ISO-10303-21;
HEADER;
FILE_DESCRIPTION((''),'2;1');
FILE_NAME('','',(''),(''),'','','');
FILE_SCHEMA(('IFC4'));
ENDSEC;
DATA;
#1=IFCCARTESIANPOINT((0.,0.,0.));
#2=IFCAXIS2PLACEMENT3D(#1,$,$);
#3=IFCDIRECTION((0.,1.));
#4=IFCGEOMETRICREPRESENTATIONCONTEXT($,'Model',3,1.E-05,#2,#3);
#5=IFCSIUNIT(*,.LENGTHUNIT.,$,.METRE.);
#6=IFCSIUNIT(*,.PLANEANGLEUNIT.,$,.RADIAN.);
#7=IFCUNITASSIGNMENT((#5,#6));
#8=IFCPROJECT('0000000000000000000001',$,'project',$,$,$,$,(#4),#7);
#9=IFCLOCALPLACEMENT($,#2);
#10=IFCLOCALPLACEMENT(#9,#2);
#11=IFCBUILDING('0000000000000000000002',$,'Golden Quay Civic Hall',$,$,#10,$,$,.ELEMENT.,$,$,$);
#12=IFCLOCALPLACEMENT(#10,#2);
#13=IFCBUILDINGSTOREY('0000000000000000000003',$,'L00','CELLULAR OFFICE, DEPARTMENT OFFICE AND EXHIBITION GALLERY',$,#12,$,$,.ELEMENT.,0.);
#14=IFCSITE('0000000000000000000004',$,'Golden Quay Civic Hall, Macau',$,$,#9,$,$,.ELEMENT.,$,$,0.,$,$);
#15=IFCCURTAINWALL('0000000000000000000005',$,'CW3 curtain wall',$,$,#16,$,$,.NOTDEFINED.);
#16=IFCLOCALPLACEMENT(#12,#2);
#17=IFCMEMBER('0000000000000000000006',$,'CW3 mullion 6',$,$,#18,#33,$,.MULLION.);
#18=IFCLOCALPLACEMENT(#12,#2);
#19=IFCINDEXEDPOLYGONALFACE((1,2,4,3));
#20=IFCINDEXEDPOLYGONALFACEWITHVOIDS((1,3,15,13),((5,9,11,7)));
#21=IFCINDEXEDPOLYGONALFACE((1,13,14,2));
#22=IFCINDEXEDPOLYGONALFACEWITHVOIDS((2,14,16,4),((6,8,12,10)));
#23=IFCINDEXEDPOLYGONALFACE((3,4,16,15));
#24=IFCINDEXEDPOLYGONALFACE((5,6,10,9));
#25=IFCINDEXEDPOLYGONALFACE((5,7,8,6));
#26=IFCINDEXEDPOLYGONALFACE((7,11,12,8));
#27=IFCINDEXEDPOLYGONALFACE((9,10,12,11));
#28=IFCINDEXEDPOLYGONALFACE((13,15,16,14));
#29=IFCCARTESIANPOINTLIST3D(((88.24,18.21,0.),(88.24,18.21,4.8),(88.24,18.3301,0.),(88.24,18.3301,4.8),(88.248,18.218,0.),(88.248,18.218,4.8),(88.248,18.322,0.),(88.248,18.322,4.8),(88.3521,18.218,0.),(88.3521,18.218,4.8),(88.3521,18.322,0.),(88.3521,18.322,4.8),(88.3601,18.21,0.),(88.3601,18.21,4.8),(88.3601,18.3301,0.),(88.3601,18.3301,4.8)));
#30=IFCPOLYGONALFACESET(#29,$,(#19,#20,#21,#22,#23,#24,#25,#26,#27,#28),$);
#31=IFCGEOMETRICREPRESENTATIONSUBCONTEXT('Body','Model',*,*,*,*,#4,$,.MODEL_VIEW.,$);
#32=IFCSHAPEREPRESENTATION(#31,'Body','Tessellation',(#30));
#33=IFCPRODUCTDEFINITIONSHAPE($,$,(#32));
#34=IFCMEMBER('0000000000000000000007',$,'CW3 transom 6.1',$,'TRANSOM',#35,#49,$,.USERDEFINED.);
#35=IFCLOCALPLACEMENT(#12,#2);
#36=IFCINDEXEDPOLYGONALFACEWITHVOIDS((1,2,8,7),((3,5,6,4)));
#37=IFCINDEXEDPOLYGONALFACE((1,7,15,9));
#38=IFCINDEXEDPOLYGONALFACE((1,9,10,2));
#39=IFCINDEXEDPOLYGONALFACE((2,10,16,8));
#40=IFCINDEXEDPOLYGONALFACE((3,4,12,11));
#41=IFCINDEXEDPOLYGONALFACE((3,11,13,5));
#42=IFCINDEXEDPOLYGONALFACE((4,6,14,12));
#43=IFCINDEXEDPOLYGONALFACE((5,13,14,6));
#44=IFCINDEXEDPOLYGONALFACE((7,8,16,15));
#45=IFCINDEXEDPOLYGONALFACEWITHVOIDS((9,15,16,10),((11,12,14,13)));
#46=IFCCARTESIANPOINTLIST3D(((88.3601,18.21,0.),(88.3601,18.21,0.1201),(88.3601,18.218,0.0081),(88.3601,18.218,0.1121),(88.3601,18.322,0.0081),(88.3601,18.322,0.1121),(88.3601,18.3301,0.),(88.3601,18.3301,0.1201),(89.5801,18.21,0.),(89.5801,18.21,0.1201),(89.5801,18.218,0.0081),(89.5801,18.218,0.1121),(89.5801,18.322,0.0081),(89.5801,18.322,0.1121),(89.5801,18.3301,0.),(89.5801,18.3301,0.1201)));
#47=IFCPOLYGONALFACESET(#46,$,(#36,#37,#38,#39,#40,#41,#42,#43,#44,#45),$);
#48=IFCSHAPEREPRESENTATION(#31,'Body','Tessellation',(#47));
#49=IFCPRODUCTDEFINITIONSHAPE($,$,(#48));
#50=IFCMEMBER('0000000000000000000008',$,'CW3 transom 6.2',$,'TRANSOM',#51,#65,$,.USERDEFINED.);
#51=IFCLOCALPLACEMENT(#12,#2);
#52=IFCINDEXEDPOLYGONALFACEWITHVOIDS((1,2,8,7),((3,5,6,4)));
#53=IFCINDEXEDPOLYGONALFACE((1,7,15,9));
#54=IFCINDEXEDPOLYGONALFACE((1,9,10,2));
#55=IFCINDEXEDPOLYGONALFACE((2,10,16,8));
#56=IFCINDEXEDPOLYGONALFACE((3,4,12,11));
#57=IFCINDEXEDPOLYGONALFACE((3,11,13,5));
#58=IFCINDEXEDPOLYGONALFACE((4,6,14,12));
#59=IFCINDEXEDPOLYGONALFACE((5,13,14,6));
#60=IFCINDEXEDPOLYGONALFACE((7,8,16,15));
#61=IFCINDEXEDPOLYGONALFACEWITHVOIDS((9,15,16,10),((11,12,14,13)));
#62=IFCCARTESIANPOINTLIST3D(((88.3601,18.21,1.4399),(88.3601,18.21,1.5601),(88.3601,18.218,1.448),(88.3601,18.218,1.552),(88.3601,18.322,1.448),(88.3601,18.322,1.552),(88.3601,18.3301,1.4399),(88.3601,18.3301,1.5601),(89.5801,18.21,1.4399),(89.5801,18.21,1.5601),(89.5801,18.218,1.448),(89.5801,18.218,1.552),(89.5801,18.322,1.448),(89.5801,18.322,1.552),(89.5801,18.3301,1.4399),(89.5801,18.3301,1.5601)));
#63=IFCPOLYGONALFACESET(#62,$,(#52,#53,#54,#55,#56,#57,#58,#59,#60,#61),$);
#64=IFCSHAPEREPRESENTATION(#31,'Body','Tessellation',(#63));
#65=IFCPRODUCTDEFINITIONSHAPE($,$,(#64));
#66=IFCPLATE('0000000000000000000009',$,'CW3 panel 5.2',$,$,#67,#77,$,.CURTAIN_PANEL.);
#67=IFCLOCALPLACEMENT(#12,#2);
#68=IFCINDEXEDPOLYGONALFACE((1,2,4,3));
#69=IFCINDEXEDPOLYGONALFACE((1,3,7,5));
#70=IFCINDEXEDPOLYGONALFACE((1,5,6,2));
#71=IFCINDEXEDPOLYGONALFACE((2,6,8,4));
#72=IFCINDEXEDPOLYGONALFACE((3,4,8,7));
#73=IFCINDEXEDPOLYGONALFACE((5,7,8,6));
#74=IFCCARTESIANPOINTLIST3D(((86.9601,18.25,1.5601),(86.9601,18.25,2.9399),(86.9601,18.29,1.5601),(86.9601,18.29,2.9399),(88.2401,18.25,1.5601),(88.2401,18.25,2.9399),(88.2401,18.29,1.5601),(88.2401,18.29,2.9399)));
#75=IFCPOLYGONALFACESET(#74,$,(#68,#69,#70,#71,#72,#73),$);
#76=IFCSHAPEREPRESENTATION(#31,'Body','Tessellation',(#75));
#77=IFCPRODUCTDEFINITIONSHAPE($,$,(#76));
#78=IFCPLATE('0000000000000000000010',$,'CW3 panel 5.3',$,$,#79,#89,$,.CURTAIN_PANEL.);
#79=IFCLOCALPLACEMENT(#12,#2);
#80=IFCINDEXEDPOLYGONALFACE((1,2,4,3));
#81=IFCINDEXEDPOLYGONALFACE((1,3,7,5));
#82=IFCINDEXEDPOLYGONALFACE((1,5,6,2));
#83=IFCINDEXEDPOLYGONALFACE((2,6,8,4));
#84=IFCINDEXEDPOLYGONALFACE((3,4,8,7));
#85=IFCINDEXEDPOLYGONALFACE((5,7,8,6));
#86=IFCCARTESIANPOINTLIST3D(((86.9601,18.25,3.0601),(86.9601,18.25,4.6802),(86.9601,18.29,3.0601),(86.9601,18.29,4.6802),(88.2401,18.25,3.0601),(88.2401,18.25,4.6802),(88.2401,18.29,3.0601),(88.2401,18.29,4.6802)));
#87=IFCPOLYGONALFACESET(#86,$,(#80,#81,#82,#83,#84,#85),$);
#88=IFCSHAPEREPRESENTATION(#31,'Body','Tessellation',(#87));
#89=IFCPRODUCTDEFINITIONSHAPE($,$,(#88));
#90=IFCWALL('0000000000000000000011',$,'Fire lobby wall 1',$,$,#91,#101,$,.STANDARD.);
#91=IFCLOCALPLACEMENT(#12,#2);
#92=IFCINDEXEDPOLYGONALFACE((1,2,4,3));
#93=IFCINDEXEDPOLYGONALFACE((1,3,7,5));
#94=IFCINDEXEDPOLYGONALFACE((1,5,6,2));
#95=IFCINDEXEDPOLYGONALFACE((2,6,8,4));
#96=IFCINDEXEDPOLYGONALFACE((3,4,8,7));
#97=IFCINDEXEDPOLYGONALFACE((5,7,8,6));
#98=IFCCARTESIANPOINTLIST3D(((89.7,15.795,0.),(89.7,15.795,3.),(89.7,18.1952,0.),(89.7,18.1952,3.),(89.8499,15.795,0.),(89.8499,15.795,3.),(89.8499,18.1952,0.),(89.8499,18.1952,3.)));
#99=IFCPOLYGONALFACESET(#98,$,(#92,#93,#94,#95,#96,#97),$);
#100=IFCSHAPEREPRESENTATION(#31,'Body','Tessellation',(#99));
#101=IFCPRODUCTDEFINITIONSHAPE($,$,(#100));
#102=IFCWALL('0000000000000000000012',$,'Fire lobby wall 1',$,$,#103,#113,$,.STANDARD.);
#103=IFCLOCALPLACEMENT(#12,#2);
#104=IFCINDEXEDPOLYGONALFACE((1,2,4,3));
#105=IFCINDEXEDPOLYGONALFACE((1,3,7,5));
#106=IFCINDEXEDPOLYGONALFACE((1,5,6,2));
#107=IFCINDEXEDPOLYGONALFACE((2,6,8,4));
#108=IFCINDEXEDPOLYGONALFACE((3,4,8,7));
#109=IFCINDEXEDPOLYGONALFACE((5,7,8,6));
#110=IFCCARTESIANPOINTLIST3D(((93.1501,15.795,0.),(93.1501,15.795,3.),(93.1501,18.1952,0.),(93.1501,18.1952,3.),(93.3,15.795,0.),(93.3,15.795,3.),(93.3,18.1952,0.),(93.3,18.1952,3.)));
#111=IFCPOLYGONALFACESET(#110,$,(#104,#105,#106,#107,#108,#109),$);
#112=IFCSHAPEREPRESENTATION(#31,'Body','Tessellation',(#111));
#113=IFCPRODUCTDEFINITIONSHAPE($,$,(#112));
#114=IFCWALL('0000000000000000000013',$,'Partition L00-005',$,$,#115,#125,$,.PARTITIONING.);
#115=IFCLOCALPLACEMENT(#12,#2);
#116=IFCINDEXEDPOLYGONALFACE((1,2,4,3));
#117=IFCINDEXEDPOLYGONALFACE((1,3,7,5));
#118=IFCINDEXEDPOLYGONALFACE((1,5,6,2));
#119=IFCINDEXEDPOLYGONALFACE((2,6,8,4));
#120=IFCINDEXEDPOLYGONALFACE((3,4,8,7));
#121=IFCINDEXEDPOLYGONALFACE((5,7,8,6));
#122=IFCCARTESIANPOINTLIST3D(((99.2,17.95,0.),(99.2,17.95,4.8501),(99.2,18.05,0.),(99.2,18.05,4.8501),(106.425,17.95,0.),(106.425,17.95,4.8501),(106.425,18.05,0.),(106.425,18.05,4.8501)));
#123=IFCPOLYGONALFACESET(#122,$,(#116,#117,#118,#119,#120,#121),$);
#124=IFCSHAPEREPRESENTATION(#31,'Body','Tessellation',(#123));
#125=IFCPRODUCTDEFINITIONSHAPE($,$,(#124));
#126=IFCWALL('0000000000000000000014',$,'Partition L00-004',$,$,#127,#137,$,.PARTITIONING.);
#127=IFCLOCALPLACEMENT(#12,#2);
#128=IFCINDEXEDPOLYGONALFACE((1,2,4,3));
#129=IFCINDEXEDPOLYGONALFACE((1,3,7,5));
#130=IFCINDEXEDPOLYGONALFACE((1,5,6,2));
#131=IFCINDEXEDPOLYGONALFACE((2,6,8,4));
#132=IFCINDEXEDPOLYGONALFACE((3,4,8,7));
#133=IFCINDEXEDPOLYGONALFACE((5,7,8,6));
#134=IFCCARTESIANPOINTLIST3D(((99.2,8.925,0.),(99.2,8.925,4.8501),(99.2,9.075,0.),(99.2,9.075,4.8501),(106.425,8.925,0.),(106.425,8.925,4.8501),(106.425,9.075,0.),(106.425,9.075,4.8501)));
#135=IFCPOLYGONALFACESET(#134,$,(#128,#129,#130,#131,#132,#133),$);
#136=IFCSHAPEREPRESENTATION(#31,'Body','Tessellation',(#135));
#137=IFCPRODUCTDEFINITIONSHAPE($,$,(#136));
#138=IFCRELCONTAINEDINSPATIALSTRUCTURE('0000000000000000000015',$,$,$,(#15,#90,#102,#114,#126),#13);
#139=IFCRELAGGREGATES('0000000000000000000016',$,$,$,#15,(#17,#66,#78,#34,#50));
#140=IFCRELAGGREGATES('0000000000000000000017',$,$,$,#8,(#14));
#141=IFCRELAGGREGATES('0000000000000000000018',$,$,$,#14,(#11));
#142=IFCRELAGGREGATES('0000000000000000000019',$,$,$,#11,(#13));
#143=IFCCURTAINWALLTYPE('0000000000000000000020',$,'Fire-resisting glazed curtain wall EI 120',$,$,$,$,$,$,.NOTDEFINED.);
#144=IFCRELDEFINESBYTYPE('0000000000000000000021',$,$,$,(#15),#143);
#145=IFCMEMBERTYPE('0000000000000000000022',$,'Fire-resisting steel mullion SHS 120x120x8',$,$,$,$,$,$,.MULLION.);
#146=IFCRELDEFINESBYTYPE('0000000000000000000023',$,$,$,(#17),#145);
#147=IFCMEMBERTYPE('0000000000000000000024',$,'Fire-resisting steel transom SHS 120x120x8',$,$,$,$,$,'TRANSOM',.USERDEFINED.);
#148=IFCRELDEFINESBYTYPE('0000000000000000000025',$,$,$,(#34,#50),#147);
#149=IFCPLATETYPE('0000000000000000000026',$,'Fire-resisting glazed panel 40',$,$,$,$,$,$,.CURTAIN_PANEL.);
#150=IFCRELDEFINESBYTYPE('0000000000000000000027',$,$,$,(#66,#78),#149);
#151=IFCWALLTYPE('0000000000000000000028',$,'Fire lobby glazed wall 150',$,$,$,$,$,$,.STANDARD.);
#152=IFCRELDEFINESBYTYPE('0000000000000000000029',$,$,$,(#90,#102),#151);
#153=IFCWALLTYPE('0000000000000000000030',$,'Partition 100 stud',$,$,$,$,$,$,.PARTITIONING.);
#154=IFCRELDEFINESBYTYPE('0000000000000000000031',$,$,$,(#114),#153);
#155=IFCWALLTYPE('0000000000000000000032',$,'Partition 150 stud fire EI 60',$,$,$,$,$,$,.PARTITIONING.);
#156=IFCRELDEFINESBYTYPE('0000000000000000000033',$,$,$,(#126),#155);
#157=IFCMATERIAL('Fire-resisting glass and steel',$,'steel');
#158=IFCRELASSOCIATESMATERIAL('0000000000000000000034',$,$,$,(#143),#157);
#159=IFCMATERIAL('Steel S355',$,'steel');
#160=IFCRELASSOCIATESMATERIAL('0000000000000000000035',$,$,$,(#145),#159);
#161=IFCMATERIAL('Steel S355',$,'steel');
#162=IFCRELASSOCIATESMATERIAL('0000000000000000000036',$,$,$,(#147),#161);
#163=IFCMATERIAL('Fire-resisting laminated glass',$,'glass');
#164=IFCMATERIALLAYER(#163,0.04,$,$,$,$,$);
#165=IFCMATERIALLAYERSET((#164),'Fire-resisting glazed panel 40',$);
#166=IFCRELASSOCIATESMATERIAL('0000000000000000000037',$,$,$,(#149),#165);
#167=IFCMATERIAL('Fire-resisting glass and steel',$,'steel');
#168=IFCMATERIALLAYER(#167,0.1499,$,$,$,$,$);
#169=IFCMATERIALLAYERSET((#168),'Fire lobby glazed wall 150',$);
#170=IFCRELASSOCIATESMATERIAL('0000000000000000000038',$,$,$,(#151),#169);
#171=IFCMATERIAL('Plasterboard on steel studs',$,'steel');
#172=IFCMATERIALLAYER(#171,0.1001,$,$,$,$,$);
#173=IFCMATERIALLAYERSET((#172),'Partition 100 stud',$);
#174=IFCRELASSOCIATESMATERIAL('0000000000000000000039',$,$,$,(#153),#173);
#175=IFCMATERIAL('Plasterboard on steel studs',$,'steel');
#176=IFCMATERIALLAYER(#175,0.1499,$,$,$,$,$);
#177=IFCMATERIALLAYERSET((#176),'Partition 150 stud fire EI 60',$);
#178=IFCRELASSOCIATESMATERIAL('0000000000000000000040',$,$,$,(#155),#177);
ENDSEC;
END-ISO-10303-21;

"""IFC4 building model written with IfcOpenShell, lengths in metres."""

from ifc_helpers import new_model, si_unit, direction, frame, frame_2d, origin, origin_2d, place, context, subcontext, project, spatial, rectangle, hollow_rectangle, extrude, material, layer, layer_set, material_profile, profile_set, type_object, element, aggregate, save


model = new_model("IFC4")

# Units and contexts
model_context = context("Model", 3, precision=1e-05, world=origin(), true_north=direction((0.0, 1.0)))
body_context = subcontext(model_context, "Body", "Model", "MODEL_VIEW")
ifc_project = project(units=[si_unit("LENGTHUNIT", "METRE"), si_unit("PLANEANGLEUNIT", "RADIAN")], contexts=[model_context])

# Site, building, storey
site_placement = place(None, origin())
site = spatial("IfcSite", under=ifc_project, at=site_placement, Name="Golden Quay Civic Hall, Macau", CompositionType="ELEMENT", RefElevation=0.0)
building_placement = place(site_placement, origin())
building = spatial("IfcBuilding", under=site, at=building_placement, Name="Golden Quay Civic Hall", CompositionType="ELEMENT")
storey_placement = place(building_placement, origin())
storey = spatial("IfcBuildingStorey", under=building, at=storey_placement, Name="L00", Description="CELLULAR OFFICE, DEPARTMENT OFFICE AND EXHIBITION GALLERY", CompositionType="ELEMENT", Elevation=0.0)

# Curtain wall, members, plates
ifc_material_1 = material(Name="Fire-resisting glass and steel", Category="steel")
curtain_wall_type = type_object("IfcCurtainWallType", Name="Fire-resisting glazed curtain wall EI 120", PredefinedType="NOTDEFINED", material=ifc_material_1)
curtain_wall_placement = place(storey_placement, origin())
curtain_wall = element("IfcCurtainWall", 1, at=curtain_wall_placement, inside=storey, type_object=curtain_wall_type, Name="CW3 curtain wall", PredefinedType="NOTDEFINED")
ifc_material_2 = material(Name="Steel S355", Category="steel")
ifc_material_profile_1 = material_profile(ifc_material_2, hollow_rectangle(XDim=0.1201, YDim=0.1201, WallThickness=0.0081, at=origin_2d()), Name="SHS 120x120x8")
ifc_profile_set_1 = profile_set([ifc_material_profile_1], Name="Steel S355")
member_type_1 = type_object("IfcMemberType", Name="Fire-resisting steel mullion SHS 120x120x8", PredefinedType="MULLION", material=ifc_profile_set_1)
member_1_placement = place(storey_placement, frame((88.3, 18.27, 0.0), z_axis=(0.0, 0.0, 1.0), x_axis=(0.0, 1.0, 0.0)))
member_1 = element("IfcMember", 2, at=member_1_placement, type_object=member_type_1, Name="CW3 mullion 6", PredefinedType="MULLION", context=body_context, shape_type="SweptSolid", body=[
    extrude(hollow_rectangle(XDim=0.1201, YDim=0.1201, WallThickness=0.0081, at=origin_2d()), origin(), (0.0, 0.0, 1.0), 4.8),
])
ifc_material_3 = material(Name="Steel S355", Category="steel")
ifc_material_profile_2 = material_profile(ifc_material_3, hollow_rectangle(XDim=0.1201, YDim=0.1201, WallThickness=0.0081, at=origin_2d()), Name="SHS 120x120x8")
ifc_profile_set_2 = profile_set([ifc_material_profile_2], Name="Steel S355")
member_type_2 = type_object("IfcMemberType", Name="Fire-resisting steel transom SHS 120x120x8", ElementType="TRANSOM", PredefinedType="USERDEFINED", material=ifc_profile_set_2)
member_2_placement = place(storey_placement, frame((88.3601, 18.27, 0.0601), z_axis=(1.0, 0.0, 0.0), x_axis=(0.0, 1.0, 0.0)))
member_2 = element("IfcMember", 3, at=member_2_placement, type_object=member_type_2, Name="CW3 transom 6.1", ObjectType="TRANSOM", PredefinedType="USERDEFINED", context=body_context, shape_type="SweptSolid", body=[
    extrude(hollow_rectangle(XDim=0.1201, YDim=0.1201, WallThickness=0.0081, at=origin_2d()), origin(), (0.0, 0.0, 1.0), 1.22),
])
member_3_placement = place(storey_placement, frame((88.3601, 18.27, 1.5), z_axis=(1.0, 0.0, 0.0), x_axis=(0.0, 1.0, 0.0)))
member_3 = element("IfcMember", 4, at=member_3_placement, type_object=member_type_2, Name="CW3 transom 6.2", ObjectType="TRANSOM", PredefinedType="USERDEFINED", context=body_context, shape_type="SweptSolid", body=[
    extrude(hollow_rectangle(XDim=0.1201, YDim=0.1201, WallThickness=0.0081, at=origin_2d()), origin(), (0.0, 0.0, 1.0), 1.22),
])
ifc_material_4 = material(Name="Fire-resisting laminated glass", Category="glass")
ifc_layer_1 = layer(ifc_material_4, 0.04)
ifc_layer_set_1 = layer_set([ifc_layer_1], Name="Fire-resisting glazed panel 40")
plate_type = type_object("IfcPlateType", Name="Fire-resisting glazed panel 40", PredefinedType="CURTAIN_PANEL", material=ifc_layer_set_1)
plate_1_placement = place(storey_placement, frame((87.6001, 18.27, 1.5601), z_axis=(0.0, 0.0, 1.0), x_axis=(1.0, 0.0, 0.0)))
plate_1 = element("IfcPlate", 5, at=plate_1_placement, type_object=plate_type, Name="CW3 panel 5.2", PredefinedType="CURTAIN_PANEL", context=body_context, shape_type="SweptSolid", body=[
    extrude(rectangle(XDim=1.28, YDim=0.04, at=origin_2d()), origin(), (0.0, 0.0, 1.0), 1.3799),
])
plate_2_placement = place(storey_placement, frame((87.6001, 18.27, 3.0601), z_axis=(0.0, 0.0, 1.0), x_axis=(1.0, 0.0, 0.0)))
plate_2 = element("IfcPlate", 6, at=plate_2_placement, type_object=plate_type, Name="CW3 panel 5.3", PredefinedType="CURTAIN_PANEL", context=body_context, shape_type="SweptSolid", body=[
    extrude(rectangle(XDim=1.28, YDim=0.04, at=origin_2d()), origin(), (0.0, 0.0, 1.0), 1.6201),
])
aggregate(curtain_wall, [member_1, plate_1, plate_2, member_2, member_3])

# Walls
ifc_material_5 = material(Name="Fire-resisting glass and steel", Category="steel")
ifc_layer_2 = layer(ifc_material_5, 0.1499)
ifc_layer_set_2 = layer_set([ifc_layer_2], Name="Fire lobby glazed wall 150")
wall_type_1 = type_object("IfcWallType", Name="Fire lobby glazed wall 150", PredefinedType="STANDARD", material=ifc_layer_set_2)
for number, where, z_axis, x_axis, name in (
    (7, (89.7749, 15.7949, 0.0), (0.0, 0.0, 1.0), (0.0, 1.0, 0.0), "Fire lobby wall 1"),
    (8, (93.2251, 15.7949, 0.0), (0.0, 0.0, 1.0), (0.0, 1.0, 0.0), "Fire lobby wall 1"),
):
    element("IfcWall", number, at=place(storey_placement, frame(where, z_axis=z_axis, x_axis=x_axis)), inside=storey, type_object=wall_type_1, Name=name, PredefinedType="STANDARD", context=body_context, shape_type="SweptSolid", body=[
        extrude(rectangle(XDim=2.4001, YDim=0.1499, at=frame_2d((1.2002, 0.0))), origin(), (0.0, 0.0, 1.0), 3.0),
    ])

# Walls
ifc_material_6 = material(Name="Plasterboard on steel studs", Category="steel")
ifc_layer_3 = layer(ifc_material_6, 0.1001)
ifc_layer_set_3 = layer_set([ifc_layer_3], Name="Partition 100 stud")
wall_type_2 = type_object("IfcWallType", Name="Partition 100 stud", PredefinedType="PARTITIONING", material=ifc_layer_set_3)
wall_1_placement = place(storey_placement, frame((99.2, 18.0, 0.0), z_axis=(0.0, 0.0, 1.0), x_axis=(1.0, 0.0, 0.0)))
element("IfcWall", 9, at=wall_1_placement, inside=storey, type_object=wall_type_2, Name="Partition L00-005", PredefinedType="PARTITIONING", context=body_context, shape_type="SweptSolid", body=[
    extrude(rectangle(XDim=7.2251, YDim=0.1001, at=frame_2d((3.6125, 0.0))), origin(), (0.0, 0.0, 1.0), 4.8501),
])
ifc_material_7 = material(Name="Plasterboard on steel studs", Category="steel")
ifc_layer_4 = layer(ifc_material_7, 0.1499)
ifc_layer_set_4 = layer_set([ifc_layer_4], Name="Partition 150 stud fire EI 60")
wall_type_3 = type_object("IfcWallType", Name="Partition 150 stud fire EI 60", PredefinedType="PARTITIONING", material=ifc_layer_set_4)
wall_2_placement = place(storey_placement, frame((99.2, 9.0, 0.0), z_axis=(0.0, 0.0, 1.0), x_axis=(1.0, 0.0, 0.0)))
element("IfcWall", 10, at=wall_2_placement, inside=storey, type_object=wall_type_3, Name="Partition L00-004", PredefinedType="PARTITIONING", context=body_context, shape_type="SweptSolid", body=[
    extrude(rectangle(XDim=7.2251, YDim=0.1499, at=frame_2d((3.6125, 0.0))), origin(), (0.0, 0.0, 1.0), 4.8501),
])

save(model, "model.ifc")
